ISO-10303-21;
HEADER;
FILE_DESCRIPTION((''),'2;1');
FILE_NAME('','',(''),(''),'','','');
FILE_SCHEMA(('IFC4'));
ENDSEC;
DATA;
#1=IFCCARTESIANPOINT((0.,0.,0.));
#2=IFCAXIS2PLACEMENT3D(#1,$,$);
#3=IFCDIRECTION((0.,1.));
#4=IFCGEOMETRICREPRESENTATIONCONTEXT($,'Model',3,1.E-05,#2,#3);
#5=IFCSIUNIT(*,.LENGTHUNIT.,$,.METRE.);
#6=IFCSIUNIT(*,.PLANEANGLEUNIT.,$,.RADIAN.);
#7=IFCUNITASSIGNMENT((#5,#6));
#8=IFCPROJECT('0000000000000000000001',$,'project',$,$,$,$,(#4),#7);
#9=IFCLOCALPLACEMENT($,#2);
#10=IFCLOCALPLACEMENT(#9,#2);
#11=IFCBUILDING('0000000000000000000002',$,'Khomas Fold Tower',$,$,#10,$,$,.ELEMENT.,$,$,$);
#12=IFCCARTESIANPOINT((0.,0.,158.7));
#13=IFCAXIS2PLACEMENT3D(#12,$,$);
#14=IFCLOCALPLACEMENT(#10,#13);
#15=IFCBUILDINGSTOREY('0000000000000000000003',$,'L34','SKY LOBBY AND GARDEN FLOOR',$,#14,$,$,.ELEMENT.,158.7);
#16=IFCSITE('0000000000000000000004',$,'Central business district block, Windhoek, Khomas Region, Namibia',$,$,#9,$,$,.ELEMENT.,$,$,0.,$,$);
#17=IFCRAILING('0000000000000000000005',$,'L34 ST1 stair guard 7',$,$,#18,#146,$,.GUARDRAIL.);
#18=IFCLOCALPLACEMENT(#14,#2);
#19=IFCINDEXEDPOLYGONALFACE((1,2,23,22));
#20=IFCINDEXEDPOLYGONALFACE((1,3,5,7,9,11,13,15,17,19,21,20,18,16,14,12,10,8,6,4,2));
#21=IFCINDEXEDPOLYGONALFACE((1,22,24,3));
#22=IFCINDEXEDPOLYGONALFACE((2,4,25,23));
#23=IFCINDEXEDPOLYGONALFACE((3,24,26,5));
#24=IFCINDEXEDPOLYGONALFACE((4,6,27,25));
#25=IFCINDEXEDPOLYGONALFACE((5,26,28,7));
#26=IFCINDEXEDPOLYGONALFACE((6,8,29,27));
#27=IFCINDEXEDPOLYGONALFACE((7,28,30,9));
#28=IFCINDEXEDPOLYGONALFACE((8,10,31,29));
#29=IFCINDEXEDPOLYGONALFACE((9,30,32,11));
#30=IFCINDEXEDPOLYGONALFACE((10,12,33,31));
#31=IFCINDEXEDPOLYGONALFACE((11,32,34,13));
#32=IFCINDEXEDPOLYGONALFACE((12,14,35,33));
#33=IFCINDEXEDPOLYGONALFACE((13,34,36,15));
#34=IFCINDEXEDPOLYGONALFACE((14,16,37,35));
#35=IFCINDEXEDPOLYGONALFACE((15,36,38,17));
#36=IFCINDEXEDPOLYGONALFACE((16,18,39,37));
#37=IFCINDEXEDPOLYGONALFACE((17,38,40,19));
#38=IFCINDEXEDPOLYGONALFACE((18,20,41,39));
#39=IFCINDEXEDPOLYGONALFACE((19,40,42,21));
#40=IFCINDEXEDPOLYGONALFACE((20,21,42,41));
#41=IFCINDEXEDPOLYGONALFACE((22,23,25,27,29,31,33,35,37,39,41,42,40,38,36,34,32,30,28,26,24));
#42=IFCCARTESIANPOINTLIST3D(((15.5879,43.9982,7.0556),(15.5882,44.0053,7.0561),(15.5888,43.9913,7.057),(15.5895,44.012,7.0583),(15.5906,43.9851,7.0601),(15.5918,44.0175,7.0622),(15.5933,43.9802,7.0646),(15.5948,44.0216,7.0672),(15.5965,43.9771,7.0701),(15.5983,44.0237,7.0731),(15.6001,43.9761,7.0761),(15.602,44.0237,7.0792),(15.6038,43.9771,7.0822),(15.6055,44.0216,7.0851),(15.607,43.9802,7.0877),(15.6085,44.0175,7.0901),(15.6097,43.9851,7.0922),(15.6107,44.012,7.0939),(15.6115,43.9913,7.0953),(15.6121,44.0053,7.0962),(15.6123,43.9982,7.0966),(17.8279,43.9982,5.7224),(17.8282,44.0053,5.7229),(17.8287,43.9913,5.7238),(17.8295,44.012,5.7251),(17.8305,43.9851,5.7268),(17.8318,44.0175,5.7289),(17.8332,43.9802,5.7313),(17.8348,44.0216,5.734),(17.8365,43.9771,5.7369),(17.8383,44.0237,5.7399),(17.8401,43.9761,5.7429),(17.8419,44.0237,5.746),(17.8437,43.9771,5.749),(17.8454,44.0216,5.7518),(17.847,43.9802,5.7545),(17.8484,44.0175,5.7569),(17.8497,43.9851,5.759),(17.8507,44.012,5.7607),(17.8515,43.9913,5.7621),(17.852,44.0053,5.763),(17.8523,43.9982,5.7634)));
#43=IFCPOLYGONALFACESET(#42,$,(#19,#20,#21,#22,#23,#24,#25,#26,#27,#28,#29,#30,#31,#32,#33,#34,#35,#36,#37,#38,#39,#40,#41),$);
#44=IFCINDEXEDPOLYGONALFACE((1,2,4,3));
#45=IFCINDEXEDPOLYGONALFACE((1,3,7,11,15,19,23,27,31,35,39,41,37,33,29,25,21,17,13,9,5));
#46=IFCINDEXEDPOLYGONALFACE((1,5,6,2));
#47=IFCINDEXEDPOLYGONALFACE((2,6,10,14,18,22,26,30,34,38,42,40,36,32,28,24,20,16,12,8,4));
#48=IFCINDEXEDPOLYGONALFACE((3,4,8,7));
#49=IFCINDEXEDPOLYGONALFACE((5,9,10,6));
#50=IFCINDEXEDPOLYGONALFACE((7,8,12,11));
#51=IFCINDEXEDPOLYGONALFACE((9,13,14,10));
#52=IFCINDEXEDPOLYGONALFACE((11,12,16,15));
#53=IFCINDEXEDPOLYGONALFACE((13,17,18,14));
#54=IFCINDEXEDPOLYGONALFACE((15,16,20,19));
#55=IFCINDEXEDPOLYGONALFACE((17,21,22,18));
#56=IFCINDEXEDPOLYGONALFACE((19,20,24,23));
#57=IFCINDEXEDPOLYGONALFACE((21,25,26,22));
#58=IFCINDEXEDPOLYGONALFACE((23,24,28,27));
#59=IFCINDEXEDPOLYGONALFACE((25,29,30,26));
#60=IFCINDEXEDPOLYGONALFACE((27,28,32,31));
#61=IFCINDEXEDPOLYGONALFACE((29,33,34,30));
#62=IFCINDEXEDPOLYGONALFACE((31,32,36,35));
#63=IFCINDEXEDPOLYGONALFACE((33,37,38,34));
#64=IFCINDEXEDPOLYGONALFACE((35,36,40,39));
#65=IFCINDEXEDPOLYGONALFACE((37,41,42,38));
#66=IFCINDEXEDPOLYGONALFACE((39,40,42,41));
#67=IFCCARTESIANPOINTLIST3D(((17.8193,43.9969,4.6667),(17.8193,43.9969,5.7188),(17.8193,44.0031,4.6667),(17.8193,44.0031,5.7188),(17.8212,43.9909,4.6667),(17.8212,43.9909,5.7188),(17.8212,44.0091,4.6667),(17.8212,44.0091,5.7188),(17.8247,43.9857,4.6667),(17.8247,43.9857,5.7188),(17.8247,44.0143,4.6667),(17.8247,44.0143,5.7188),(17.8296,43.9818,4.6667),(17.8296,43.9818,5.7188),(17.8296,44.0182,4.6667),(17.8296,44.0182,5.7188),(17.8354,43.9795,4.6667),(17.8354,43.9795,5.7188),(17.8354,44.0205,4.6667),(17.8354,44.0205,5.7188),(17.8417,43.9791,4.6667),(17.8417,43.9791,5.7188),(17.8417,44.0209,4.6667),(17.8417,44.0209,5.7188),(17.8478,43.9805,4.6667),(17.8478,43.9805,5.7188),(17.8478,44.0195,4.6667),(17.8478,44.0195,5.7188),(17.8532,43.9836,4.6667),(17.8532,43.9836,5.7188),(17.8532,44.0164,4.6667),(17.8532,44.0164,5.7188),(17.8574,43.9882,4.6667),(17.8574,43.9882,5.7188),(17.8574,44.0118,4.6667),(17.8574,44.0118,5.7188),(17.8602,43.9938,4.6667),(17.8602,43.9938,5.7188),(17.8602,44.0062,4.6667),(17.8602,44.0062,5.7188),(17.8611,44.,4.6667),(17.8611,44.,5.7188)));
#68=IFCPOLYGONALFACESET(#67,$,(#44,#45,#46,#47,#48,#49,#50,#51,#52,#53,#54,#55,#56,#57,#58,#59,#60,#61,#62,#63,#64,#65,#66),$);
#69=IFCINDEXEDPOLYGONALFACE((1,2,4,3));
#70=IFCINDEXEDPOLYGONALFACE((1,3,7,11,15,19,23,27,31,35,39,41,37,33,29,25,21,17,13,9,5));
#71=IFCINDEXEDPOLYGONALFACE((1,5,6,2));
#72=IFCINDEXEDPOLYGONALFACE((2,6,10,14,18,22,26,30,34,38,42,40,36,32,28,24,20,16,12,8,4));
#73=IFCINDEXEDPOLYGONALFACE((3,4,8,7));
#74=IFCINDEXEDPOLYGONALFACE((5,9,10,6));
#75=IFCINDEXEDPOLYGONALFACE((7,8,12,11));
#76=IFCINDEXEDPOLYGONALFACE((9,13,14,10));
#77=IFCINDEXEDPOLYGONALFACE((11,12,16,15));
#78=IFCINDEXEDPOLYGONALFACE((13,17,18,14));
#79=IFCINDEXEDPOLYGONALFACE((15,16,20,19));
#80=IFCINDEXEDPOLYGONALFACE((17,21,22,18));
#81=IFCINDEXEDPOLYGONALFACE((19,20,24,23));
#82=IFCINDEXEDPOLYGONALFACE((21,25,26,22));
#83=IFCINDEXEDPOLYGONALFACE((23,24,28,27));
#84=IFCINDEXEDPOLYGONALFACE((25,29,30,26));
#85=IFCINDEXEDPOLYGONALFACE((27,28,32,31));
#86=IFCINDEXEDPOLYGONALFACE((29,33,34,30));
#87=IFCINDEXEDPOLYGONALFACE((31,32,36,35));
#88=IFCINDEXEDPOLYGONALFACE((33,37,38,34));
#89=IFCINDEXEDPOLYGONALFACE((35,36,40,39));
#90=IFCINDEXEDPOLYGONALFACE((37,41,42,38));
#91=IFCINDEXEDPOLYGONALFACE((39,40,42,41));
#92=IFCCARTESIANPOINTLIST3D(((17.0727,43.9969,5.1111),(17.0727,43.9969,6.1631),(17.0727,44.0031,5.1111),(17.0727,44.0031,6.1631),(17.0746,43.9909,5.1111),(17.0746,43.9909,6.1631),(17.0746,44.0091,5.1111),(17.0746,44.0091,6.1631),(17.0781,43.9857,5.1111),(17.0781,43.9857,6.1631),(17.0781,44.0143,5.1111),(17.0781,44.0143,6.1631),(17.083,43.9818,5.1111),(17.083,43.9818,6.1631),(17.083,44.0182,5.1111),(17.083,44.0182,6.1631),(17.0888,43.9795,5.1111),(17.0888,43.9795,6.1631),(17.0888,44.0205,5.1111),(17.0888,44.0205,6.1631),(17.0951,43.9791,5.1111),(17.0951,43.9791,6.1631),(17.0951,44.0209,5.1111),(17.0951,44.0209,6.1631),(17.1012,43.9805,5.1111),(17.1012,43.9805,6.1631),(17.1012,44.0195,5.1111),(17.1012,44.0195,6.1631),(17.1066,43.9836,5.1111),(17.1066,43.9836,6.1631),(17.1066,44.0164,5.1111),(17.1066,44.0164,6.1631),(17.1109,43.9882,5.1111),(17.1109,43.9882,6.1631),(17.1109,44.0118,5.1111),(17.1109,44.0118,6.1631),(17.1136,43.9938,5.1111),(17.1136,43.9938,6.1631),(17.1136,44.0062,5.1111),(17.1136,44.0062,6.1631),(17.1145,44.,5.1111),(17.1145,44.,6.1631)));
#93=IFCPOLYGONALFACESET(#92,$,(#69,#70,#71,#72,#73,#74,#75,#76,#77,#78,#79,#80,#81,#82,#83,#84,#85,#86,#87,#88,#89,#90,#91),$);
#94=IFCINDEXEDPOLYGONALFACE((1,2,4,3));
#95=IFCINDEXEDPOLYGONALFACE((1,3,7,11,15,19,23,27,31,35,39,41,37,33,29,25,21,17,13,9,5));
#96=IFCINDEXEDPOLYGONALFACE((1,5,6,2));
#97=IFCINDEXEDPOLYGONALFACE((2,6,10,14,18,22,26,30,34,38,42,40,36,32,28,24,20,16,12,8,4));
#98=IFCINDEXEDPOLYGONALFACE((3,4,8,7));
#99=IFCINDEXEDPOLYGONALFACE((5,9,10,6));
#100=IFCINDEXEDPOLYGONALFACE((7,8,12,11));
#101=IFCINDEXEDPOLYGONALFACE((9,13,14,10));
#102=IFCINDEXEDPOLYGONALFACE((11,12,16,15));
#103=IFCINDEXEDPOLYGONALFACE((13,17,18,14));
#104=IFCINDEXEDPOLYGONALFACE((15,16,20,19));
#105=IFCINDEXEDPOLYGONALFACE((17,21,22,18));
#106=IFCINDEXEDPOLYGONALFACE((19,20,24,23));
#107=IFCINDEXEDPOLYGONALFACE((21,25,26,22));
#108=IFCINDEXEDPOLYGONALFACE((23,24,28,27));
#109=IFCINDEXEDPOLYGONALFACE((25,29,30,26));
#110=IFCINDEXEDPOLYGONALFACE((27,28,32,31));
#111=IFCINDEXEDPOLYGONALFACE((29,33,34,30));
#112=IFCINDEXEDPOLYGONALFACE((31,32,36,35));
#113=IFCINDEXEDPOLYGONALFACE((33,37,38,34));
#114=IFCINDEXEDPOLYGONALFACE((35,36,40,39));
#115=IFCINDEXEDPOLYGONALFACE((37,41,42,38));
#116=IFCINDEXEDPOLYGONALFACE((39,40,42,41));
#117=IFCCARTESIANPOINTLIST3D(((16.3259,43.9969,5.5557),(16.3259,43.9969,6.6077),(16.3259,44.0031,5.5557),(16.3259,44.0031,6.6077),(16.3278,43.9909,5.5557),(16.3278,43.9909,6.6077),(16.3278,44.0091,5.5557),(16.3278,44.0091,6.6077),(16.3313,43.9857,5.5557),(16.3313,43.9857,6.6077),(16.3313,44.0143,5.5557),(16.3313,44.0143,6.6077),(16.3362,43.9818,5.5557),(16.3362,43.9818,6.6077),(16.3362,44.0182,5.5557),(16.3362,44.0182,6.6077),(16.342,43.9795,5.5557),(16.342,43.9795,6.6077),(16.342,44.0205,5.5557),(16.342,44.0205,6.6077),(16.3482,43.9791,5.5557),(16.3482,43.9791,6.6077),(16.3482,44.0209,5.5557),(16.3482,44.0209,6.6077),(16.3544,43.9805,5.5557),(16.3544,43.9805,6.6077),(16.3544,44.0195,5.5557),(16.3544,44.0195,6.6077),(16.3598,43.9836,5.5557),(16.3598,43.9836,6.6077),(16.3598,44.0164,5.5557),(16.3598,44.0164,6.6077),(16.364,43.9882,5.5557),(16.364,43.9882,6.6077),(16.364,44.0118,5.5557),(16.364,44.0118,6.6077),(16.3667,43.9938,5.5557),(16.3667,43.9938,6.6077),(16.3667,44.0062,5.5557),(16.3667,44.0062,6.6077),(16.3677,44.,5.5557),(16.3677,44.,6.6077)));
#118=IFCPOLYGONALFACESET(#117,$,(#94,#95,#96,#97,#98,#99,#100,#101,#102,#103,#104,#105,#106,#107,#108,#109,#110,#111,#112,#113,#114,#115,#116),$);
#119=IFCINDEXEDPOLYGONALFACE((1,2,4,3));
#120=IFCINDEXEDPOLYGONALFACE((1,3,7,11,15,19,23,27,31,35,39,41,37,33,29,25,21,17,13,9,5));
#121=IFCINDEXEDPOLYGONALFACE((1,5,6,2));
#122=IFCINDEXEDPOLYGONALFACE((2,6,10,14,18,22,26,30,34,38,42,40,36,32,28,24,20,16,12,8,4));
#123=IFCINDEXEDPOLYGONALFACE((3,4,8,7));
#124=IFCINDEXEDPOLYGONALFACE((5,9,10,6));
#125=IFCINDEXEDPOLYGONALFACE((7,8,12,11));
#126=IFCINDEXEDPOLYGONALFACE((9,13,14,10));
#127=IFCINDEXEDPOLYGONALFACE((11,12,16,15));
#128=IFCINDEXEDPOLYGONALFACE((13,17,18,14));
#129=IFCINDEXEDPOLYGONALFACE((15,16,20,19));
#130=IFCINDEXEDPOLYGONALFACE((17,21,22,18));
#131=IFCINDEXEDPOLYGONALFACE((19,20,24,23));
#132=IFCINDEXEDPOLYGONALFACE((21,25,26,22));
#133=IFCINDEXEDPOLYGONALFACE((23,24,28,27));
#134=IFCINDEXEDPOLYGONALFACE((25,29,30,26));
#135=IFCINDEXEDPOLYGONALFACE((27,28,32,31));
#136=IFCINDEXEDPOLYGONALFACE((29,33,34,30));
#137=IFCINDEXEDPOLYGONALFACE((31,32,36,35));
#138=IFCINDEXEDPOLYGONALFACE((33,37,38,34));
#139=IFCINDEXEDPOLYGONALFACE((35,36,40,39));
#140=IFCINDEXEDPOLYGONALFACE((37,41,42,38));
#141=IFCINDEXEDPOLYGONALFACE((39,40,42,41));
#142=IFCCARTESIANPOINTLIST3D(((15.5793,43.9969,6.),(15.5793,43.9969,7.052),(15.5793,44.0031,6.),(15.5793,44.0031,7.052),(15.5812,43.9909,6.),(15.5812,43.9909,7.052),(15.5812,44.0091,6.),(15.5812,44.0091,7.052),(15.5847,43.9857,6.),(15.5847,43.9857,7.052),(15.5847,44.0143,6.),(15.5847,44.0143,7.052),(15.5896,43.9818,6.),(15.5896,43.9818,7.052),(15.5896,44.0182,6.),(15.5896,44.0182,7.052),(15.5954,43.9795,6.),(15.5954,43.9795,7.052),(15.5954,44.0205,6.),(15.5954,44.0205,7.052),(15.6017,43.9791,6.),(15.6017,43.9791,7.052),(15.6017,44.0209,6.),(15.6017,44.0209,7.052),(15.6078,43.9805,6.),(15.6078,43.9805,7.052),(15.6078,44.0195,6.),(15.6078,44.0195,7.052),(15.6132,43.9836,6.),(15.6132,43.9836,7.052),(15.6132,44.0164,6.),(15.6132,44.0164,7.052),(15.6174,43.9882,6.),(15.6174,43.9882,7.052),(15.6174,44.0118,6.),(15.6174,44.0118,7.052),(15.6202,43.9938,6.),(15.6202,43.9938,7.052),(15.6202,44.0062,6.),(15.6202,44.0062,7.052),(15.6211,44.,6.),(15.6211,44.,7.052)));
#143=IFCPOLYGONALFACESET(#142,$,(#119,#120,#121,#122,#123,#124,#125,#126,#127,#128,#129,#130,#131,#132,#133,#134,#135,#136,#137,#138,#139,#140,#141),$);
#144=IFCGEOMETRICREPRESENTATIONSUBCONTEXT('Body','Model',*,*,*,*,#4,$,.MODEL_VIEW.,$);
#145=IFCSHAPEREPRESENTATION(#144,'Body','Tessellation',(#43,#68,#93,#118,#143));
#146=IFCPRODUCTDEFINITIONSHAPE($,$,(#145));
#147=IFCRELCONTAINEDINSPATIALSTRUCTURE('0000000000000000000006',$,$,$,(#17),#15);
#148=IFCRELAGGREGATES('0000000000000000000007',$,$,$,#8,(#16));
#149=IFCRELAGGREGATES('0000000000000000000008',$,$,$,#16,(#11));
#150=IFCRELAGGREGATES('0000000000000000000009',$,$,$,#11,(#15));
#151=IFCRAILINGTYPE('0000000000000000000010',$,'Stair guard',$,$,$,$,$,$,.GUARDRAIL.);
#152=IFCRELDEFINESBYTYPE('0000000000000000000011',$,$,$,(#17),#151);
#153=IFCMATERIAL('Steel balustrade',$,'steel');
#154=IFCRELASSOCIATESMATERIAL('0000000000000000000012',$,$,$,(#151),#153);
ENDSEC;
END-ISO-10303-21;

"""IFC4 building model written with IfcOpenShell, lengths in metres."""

from ifc_helpers import new_model, si_unit, direction, frame, origin, origin_2d, place, context, subcontext, project, spatial, circle, extrude, source, transform, mapped, material, type_object, element, save


model = new_model("IFC4")

# Units and contexts
model_context = context("Model", 3, precision=1e-05, world=origin(), true_north=direction((0.0, 1.0)))
body_context = subcontext(model_context, "Body", "Model", "MODEL_VIEW")
ifc_project = project(units=[si_unit("LENGTHUNIT", "METRE"), si_unit("PLANEANGLEUNIT", "RADIAN")], contexts=[model_context])

# Site, building, storey
site_placement = place(None, origin())
site = spatial("IfcSite", under=ifc_project, at=site_placement, Name="Central business district block, Windhoek, Khomas Region, Namibia", CompositionType="ELEMENT", RefElevation=0.0)
building_placement = place(site_placement, origin())
building = spatial("IfcBuilding", under=site, at=building_placement, Name="Khomas Fold Tower", CompositionType="ELEMENT")
storey_placement = place(building_placement, frame((0.0, 0.0, 158.7)))
storey = spatial("IfcBuildingStorey", under=building, at=storey_placement, Name="L34", Description="SKY LOBBY AND GARDEN FLOOR", CompositionType="ELEMENT", Elevation=158.7)

# Railing
ifc_material_1 = material(Name="Steel balustrade", Category="steel")
railing_type_1 = type_object("IfcRailingType", Name="Stair guard", PredefinedType="GUARDRAIL", material=ifc_material_1)
shared_shape_1 = source(origin(), body_context, "Body", "SweptSolid", [
    extrude(circle(Radius=0.0239, at=origin_2d()), frame((0.0, 0.0, 1.0762), z_axis=(-0.859306, 0.0, 0.511462), x_axis=(0.0, -1.0, 0.0)), (0.0, 0.0, 1.0), 2.6067),
    extrude(circle(Radius=0.021, at=origin_2d()), origin(), (0.0, 0.0, 1.0), 1.052),
    extrude(circle(Radius=0.021, at=origin_2d()), frame((-0.7466, 0.0, 0.4443)), (0.0, 0.0, 1.0), 1.052),
    extrude(circle(Radius=0.021, at=origin_2d()), frame((-1.4934, 0.0, 0.8889)), (0.0, 0.0, 1.0), 1.052),
    extrude(circle(Radius=0.021, at=origin_2d()), frame((-2.24, 0.0, 1.3333)), (0.0, 0.0, 1.0), 1.052),
])
for number, where, name in (
    (1, (17.8401, 44.0, 4.6667), "L34 ST1 stair guard 7"),
):
    element("IfcRailing", number, at=place(storey_placement, frame(where)), inside=storey, type_object=railing_type_1, Name=name, PredefinedType="GUARDRAIL", context=body_context, shape_type="MappedRepresentation", body=[
        mapped(shared_shape_1, transform((0.0, 0.0, 0.0))),
    ])

save(model, "model.ifc")
